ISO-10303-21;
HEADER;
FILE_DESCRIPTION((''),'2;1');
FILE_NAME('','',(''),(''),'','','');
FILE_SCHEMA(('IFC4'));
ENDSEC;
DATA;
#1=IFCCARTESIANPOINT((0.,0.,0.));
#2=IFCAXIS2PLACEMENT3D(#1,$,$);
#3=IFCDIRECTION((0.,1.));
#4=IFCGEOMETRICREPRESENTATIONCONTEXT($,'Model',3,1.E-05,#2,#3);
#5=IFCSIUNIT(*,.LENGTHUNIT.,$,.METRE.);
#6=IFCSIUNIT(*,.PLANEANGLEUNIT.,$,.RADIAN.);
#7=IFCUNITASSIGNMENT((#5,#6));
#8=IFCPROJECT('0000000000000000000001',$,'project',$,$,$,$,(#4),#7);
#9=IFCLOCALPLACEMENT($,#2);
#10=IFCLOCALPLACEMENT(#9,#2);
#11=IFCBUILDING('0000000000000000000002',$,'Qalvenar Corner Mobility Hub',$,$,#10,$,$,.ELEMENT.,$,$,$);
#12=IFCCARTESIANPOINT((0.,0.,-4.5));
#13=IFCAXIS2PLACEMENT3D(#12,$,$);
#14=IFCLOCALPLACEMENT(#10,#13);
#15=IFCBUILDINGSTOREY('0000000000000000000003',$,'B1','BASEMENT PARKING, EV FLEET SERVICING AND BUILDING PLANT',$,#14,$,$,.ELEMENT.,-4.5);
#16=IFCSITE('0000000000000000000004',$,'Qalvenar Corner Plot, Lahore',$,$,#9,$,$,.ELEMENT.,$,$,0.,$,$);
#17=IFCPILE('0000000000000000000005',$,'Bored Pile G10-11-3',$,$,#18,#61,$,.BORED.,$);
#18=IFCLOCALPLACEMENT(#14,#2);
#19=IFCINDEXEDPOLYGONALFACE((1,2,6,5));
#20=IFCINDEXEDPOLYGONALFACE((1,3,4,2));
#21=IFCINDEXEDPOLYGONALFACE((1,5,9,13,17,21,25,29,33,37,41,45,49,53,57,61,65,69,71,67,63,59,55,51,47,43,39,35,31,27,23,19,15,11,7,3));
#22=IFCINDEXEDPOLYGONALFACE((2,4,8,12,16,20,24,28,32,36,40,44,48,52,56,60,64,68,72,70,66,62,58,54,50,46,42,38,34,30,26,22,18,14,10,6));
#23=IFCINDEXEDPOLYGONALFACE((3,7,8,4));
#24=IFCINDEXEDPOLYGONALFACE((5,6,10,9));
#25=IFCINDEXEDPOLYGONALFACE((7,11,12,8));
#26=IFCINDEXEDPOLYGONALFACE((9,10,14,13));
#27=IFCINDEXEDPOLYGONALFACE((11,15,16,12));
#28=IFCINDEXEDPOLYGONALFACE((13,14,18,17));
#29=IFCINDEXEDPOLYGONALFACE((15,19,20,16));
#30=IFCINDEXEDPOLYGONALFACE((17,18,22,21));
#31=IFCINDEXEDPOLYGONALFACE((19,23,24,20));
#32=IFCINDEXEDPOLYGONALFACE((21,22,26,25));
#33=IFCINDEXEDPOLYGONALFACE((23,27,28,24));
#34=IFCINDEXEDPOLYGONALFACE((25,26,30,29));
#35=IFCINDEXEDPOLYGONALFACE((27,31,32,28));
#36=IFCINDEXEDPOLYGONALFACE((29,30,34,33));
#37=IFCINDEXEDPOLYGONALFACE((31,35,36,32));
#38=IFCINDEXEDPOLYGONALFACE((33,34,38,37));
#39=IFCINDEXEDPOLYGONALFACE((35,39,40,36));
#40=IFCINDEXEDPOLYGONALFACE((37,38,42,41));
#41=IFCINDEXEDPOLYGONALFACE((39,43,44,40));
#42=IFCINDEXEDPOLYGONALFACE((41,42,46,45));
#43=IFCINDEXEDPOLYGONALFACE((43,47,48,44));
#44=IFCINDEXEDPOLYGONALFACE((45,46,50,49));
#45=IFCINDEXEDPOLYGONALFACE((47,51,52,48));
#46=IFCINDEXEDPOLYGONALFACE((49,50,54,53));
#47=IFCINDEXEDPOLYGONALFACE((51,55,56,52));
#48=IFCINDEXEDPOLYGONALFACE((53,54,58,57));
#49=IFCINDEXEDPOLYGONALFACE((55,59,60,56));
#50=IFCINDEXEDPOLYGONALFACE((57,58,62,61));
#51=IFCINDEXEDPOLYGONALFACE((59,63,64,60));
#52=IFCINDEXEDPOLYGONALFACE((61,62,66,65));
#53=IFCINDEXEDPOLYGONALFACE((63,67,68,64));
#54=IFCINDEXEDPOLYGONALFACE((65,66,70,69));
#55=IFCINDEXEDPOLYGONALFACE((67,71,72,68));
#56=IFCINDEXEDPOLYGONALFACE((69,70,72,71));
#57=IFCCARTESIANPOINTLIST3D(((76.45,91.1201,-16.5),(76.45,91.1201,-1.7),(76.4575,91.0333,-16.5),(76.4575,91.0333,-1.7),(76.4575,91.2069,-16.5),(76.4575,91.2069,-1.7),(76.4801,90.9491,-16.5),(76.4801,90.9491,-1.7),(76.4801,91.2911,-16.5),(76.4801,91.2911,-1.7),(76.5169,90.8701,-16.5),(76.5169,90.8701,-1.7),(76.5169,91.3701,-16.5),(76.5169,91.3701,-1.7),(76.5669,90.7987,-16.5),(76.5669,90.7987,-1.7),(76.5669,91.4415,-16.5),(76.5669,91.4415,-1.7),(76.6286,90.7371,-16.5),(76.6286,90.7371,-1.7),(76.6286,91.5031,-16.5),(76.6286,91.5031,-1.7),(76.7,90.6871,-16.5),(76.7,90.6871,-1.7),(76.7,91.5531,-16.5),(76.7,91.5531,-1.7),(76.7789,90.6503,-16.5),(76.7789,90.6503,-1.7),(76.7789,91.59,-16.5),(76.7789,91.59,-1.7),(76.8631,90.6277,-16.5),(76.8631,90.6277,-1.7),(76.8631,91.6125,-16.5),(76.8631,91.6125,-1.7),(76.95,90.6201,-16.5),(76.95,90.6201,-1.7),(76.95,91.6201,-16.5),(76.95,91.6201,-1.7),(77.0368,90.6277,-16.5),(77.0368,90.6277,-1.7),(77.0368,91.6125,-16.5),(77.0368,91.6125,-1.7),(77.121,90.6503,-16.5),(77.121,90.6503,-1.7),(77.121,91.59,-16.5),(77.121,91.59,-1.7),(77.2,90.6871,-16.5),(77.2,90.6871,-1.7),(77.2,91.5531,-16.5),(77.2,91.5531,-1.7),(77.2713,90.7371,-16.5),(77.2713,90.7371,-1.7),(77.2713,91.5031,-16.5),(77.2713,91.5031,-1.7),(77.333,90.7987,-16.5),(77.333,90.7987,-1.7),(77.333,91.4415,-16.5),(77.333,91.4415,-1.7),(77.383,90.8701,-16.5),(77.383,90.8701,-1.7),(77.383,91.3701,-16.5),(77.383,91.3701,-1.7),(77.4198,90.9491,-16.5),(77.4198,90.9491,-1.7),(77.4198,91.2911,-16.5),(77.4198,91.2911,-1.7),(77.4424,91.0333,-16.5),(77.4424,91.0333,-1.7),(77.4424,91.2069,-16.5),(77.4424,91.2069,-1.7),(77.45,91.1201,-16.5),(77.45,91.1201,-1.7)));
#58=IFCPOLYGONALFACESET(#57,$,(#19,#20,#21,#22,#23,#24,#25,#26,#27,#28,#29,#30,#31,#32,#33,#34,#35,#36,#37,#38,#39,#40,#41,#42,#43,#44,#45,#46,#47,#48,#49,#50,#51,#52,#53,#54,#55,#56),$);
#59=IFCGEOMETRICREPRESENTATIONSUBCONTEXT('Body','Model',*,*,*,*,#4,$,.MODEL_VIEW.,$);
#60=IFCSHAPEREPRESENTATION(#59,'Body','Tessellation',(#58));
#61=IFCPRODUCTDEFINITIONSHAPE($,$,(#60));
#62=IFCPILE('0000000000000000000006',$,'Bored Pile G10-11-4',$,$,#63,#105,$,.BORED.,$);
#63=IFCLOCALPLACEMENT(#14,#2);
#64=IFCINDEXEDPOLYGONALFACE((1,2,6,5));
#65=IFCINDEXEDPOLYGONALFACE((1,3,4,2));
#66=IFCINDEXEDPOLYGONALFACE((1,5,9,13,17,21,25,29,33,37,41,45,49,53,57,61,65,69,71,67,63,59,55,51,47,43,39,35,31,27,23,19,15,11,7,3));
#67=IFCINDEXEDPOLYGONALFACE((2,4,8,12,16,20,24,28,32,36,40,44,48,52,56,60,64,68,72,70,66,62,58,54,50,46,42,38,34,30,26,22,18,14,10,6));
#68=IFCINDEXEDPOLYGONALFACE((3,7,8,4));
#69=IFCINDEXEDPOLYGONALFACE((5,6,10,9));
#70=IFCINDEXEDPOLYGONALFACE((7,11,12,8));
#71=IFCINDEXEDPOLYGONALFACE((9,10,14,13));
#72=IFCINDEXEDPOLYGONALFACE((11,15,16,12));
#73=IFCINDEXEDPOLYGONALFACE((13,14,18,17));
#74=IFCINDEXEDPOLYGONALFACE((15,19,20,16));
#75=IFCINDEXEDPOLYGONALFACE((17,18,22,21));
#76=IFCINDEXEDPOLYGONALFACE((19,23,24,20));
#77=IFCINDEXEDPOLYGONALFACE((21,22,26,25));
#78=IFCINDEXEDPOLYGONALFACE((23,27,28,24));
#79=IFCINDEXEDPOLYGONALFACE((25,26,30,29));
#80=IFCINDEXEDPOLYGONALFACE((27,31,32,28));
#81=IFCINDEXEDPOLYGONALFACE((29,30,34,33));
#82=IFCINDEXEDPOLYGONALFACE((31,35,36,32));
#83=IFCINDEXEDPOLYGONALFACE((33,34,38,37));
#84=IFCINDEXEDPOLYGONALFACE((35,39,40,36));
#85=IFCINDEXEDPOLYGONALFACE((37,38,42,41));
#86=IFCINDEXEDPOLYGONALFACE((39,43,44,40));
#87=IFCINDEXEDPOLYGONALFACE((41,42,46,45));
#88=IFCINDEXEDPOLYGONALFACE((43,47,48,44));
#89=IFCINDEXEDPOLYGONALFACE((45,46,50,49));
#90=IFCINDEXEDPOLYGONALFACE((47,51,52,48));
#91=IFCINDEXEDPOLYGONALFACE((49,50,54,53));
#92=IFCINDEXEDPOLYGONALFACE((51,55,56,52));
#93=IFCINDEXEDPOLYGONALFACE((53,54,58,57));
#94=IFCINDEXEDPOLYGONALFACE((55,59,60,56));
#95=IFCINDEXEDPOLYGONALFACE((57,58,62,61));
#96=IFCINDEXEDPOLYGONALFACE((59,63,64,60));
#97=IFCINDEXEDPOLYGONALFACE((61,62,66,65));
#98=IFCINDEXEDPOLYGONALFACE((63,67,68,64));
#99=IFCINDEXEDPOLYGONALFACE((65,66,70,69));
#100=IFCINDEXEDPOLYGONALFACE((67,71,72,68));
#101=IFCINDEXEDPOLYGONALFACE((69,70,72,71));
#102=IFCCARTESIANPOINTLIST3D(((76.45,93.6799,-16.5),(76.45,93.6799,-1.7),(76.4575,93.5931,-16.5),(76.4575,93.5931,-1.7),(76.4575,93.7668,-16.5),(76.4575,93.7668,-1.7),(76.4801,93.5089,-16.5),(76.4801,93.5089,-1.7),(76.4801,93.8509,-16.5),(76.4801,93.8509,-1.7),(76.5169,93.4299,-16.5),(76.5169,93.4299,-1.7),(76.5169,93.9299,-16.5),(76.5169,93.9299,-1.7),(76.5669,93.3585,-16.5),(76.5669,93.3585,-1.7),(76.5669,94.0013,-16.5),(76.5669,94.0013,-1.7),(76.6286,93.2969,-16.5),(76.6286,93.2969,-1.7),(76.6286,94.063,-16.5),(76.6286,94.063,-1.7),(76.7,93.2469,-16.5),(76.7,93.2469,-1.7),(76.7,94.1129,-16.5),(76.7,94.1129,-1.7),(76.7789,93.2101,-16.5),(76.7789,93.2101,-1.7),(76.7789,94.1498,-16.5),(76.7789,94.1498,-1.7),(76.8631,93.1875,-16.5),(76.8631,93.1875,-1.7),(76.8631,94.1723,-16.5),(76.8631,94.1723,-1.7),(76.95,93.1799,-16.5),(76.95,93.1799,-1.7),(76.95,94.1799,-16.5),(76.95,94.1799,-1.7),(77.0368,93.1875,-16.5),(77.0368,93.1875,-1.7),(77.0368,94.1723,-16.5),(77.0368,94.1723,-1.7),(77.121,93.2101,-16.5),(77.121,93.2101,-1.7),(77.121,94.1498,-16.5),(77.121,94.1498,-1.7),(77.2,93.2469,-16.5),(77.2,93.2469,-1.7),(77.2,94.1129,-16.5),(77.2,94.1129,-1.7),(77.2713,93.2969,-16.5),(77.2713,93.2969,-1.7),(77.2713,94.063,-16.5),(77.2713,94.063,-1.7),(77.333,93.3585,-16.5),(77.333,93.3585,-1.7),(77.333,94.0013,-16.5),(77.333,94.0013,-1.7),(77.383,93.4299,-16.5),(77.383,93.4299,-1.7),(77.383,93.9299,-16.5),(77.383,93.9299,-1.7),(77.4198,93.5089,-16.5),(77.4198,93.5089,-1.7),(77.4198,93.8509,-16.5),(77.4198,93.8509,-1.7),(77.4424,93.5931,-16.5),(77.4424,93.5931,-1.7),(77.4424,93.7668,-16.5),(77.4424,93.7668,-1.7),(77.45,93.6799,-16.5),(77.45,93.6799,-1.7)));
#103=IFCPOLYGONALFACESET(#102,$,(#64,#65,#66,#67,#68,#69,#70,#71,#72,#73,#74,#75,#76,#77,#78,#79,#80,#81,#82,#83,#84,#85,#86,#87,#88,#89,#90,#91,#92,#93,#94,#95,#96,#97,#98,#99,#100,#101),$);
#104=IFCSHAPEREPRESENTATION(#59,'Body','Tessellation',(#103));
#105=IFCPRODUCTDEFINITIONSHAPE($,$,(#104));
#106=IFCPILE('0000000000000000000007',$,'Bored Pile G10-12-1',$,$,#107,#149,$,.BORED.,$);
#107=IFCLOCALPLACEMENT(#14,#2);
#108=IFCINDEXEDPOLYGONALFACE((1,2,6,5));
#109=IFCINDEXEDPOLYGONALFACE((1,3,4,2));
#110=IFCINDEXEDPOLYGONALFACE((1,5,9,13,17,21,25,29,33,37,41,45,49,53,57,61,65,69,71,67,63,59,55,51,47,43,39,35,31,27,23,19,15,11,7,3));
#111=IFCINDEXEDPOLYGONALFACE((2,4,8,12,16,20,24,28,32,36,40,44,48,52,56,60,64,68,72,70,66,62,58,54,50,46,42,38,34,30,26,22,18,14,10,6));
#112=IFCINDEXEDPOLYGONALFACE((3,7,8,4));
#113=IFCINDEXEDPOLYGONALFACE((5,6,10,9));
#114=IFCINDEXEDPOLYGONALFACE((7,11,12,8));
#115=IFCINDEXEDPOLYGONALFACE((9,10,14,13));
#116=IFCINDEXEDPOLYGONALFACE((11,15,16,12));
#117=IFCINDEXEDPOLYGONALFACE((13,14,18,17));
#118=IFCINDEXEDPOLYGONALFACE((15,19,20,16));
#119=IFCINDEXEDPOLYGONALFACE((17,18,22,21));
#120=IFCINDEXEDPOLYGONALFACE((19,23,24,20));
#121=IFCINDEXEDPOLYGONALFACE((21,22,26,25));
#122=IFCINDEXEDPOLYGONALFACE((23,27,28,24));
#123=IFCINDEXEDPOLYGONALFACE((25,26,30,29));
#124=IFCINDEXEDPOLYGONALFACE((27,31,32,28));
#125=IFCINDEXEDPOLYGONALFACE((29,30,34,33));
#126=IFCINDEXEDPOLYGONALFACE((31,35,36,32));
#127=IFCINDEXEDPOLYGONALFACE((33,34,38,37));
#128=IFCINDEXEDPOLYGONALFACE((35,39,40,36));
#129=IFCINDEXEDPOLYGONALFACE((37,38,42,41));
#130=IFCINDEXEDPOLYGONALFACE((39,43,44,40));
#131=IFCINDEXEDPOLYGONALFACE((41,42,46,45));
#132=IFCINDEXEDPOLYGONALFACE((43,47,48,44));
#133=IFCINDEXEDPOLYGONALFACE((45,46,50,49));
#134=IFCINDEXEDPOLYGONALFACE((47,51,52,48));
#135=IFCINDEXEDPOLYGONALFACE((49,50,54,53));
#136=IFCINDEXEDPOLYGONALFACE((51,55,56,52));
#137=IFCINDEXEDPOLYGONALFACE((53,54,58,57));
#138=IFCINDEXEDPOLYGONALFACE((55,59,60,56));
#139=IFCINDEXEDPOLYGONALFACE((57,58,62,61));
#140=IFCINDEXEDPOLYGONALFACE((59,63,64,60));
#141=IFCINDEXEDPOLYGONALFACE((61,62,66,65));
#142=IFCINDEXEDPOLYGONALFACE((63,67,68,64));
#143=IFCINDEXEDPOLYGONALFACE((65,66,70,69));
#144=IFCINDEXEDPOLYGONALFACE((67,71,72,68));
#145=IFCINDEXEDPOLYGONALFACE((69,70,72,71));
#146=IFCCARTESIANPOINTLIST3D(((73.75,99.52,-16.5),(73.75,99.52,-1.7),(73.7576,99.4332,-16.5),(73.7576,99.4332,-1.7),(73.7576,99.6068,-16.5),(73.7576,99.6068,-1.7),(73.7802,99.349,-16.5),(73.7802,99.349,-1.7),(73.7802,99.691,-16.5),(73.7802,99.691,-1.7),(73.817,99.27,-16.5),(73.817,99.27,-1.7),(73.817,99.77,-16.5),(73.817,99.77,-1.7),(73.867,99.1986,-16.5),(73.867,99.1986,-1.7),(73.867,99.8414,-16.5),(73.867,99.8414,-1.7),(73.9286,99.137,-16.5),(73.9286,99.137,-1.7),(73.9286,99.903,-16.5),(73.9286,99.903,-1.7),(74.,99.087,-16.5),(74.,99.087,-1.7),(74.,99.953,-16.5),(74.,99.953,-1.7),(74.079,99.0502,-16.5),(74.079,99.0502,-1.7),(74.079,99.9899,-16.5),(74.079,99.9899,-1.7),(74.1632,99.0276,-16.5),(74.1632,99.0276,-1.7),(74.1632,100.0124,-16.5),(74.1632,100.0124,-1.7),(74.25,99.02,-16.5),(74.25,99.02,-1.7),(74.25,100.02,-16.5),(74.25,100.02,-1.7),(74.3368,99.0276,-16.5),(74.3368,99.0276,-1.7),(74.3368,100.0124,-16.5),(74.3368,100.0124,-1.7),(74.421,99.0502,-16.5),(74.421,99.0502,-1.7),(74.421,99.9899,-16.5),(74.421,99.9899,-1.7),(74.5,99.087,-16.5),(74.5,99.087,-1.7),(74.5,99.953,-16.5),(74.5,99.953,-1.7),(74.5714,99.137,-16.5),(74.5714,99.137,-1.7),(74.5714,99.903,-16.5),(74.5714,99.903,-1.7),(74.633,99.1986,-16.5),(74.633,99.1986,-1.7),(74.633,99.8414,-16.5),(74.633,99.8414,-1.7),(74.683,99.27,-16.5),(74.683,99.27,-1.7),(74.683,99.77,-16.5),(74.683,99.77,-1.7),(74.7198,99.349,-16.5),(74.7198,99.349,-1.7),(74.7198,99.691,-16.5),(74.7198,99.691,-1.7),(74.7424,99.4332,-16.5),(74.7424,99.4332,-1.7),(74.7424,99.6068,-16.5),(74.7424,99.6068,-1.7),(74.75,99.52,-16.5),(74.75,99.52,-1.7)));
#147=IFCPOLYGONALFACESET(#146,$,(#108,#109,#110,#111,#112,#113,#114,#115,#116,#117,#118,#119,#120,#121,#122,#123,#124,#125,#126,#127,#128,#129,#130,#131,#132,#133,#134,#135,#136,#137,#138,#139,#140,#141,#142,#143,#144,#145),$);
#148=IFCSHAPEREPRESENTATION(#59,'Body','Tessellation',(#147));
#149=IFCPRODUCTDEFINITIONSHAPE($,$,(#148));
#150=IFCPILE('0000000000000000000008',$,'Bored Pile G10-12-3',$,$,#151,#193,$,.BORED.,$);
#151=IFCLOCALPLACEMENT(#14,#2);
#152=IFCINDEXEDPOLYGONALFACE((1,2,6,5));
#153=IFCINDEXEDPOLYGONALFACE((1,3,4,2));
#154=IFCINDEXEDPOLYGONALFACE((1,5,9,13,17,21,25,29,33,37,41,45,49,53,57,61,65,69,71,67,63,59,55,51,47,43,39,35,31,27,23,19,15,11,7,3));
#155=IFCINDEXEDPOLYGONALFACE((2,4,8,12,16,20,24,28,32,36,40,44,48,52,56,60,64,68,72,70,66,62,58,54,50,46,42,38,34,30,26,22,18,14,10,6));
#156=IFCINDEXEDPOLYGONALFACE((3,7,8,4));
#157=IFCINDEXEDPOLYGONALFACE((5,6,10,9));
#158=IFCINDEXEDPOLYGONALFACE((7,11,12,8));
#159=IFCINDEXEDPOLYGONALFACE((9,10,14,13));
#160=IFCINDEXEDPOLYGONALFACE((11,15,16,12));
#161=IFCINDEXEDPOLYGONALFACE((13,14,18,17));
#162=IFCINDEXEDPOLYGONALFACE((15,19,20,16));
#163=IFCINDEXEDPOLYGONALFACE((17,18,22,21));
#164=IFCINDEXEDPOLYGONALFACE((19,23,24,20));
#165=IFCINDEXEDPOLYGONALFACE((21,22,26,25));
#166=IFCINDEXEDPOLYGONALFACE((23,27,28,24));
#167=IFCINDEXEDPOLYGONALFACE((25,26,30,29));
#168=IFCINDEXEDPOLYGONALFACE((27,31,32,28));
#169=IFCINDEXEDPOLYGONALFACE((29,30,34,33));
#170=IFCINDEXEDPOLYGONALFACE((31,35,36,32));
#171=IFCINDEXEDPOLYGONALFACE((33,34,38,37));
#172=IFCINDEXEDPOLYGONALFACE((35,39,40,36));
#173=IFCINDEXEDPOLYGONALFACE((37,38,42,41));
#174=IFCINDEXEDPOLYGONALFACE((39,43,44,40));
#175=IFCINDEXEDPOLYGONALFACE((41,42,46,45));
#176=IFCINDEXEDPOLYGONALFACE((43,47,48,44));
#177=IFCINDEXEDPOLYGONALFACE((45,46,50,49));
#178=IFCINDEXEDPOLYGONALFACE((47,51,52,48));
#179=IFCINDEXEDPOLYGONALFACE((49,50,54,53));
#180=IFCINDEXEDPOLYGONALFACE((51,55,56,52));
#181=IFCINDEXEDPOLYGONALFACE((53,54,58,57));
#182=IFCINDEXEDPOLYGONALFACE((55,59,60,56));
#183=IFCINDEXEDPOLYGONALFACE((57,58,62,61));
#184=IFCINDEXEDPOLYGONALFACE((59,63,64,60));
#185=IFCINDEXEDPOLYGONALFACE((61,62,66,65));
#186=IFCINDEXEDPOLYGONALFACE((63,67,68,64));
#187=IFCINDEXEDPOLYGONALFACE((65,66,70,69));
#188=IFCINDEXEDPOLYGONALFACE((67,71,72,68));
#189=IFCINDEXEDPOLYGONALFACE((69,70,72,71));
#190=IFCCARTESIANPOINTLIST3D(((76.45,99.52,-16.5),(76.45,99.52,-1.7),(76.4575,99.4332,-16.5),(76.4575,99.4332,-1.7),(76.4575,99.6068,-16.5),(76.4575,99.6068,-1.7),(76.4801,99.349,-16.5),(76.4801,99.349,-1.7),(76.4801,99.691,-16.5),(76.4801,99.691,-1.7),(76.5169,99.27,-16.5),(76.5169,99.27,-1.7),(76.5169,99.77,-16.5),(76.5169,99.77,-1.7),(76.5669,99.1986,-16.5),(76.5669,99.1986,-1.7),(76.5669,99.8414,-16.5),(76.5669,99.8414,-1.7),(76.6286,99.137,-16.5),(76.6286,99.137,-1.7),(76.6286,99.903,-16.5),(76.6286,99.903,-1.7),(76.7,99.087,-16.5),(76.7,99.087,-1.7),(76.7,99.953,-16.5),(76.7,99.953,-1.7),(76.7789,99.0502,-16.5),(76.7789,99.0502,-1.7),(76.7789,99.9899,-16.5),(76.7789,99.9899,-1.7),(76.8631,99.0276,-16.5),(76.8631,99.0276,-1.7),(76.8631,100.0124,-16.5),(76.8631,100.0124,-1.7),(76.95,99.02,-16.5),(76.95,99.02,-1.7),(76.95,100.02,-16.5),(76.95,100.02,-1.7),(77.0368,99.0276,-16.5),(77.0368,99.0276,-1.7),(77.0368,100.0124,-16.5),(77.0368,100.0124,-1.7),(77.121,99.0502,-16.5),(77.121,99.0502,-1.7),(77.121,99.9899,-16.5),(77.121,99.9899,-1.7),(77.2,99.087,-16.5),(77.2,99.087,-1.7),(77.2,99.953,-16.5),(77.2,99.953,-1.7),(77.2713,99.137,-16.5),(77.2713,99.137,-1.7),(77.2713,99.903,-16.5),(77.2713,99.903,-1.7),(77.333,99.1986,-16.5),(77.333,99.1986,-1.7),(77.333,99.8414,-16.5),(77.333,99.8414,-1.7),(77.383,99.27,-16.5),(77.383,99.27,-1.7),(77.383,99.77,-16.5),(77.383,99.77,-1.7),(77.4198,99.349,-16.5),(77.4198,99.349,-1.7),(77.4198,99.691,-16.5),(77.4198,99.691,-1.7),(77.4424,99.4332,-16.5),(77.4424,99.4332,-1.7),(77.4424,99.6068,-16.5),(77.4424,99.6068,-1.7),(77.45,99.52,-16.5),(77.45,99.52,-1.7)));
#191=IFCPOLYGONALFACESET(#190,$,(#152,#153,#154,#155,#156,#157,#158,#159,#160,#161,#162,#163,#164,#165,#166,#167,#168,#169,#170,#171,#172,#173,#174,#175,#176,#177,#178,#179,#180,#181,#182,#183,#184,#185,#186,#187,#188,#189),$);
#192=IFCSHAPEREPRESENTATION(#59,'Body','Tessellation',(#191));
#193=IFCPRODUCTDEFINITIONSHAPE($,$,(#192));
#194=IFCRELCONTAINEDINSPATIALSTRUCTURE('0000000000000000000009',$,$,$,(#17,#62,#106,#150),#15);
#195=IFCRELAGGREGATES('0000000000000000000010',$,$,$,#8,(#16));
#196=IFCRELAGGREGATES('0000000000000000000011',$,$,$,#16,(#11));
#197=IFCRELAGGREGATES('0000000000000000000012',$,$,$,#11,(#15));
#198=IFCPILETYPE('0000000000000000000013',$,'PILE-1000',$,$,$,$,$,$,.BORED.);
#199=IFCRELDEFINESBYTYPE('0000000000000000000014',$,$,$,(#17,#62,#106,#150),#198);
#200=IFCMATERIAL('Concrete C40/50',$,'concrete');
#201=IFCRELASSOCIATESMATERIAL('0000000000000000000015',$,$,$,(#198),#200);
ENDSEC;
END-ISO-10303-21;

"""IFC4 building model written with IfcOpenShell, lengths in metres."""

from ifc_helpers import new_model, si_unit, direction, frame, origin, origin_2d, place, context, subcontext, project, spatial, circle, extrude, material, material_profile, profile_set, type_object, element, save


model = new_model("IFC4")

# Units and contexts
model_context = context("Model", 3, precision=1e-05, world=origin(), true_north=direction((0.0, 1.0)))
body_context = subcontext(model_context, "Body", "Model", "MODEL_VIEW")
ifc_project = project(units=[si_unit("LENGTHUNIT", "METRE"), si_unit("PLANEANGLEUNIT", "RADIAN")], contexts=[model_context])

# Site, building, storey
site_placement = place(None, origin())
site = spatial("IfcSite", under=ifc_project, at=site_placement, Name="Qalvenar Corner Plot, Lahore", CompositionType="ELEMENT", RefElevation=0.0)
building_placement = place(site_placement, origin())
building = spatial("IfcBuilding", under=site, at=building_placement, Name="Qalvenar Corner Mobility Hub", CompositionType="ELEMENT")
storey_placement = place(building_placement, frame((0.0, 0.0, -4.5)))
storey = spatial("IfcBuildingStorey", under=building, at=storey_placement, Name="B1", Description="BASEMENT PARKING, EV FLEET SERVICING AND BUILDING PLANT", CompositionType="ELEMENT", Elevation=-4.5)

# Shared definitions
ifc_material_1 = material(Name="Concrete C40/50", Category="concrete")

# Piles
ifc_material_profile_1 = material_profile(ifc_material_1, circle(Radius=0.5, at=origin_2d()), Name="DIA1000")
ifc_profile_set_1 = profile_set([ifc_material_profile_1], Name="Concrete C40/50")
pile_type = type_object("IfcPileType", Name="PILE-1000", PredefinedType="BORED", material=ifc_profile_set_1)
for number, where, z_axis, x_axis, name in (
    (1, (76.95, 91.1201, -1.7), (0.0, 0.0, -1.0), (1.0, 0.0, 0.0), "Bored Pile G10-11-3"),
    (2, (76.95, 93.6799, -1.7), (0.0, 0.0, -1.0), (1.0, 0.0, 0.0), "Bored Pile G10-11-4"),
    (3, (74.25, 99.52, -1.7), (0.0, 0.0, -1.0), (1.0, 0.0, 0.0), "Bored Pile G10-12-1"),
    (4, (76.95, 99.52, -1.7), (0.0, 0.0, -1.0), (1.0, 0.0, 0.0), "Bored Pile G10-12-3"),
):
    element("IfcPile", number, at=place(storey_placement, frame(where, z_axis=z_axis, x_axis=x_axis)), inside=storey, type_object=pile_type, Name=name, PredefinedType="BORED", context=body_context, shape_type="SweptSolid", body=[
        extrude(circle(Radius=0.5, at=origin_2d()), origin(), (0.0, 0.0, 1.0), 14.8),
    ])

save(model, "model.ifc")
